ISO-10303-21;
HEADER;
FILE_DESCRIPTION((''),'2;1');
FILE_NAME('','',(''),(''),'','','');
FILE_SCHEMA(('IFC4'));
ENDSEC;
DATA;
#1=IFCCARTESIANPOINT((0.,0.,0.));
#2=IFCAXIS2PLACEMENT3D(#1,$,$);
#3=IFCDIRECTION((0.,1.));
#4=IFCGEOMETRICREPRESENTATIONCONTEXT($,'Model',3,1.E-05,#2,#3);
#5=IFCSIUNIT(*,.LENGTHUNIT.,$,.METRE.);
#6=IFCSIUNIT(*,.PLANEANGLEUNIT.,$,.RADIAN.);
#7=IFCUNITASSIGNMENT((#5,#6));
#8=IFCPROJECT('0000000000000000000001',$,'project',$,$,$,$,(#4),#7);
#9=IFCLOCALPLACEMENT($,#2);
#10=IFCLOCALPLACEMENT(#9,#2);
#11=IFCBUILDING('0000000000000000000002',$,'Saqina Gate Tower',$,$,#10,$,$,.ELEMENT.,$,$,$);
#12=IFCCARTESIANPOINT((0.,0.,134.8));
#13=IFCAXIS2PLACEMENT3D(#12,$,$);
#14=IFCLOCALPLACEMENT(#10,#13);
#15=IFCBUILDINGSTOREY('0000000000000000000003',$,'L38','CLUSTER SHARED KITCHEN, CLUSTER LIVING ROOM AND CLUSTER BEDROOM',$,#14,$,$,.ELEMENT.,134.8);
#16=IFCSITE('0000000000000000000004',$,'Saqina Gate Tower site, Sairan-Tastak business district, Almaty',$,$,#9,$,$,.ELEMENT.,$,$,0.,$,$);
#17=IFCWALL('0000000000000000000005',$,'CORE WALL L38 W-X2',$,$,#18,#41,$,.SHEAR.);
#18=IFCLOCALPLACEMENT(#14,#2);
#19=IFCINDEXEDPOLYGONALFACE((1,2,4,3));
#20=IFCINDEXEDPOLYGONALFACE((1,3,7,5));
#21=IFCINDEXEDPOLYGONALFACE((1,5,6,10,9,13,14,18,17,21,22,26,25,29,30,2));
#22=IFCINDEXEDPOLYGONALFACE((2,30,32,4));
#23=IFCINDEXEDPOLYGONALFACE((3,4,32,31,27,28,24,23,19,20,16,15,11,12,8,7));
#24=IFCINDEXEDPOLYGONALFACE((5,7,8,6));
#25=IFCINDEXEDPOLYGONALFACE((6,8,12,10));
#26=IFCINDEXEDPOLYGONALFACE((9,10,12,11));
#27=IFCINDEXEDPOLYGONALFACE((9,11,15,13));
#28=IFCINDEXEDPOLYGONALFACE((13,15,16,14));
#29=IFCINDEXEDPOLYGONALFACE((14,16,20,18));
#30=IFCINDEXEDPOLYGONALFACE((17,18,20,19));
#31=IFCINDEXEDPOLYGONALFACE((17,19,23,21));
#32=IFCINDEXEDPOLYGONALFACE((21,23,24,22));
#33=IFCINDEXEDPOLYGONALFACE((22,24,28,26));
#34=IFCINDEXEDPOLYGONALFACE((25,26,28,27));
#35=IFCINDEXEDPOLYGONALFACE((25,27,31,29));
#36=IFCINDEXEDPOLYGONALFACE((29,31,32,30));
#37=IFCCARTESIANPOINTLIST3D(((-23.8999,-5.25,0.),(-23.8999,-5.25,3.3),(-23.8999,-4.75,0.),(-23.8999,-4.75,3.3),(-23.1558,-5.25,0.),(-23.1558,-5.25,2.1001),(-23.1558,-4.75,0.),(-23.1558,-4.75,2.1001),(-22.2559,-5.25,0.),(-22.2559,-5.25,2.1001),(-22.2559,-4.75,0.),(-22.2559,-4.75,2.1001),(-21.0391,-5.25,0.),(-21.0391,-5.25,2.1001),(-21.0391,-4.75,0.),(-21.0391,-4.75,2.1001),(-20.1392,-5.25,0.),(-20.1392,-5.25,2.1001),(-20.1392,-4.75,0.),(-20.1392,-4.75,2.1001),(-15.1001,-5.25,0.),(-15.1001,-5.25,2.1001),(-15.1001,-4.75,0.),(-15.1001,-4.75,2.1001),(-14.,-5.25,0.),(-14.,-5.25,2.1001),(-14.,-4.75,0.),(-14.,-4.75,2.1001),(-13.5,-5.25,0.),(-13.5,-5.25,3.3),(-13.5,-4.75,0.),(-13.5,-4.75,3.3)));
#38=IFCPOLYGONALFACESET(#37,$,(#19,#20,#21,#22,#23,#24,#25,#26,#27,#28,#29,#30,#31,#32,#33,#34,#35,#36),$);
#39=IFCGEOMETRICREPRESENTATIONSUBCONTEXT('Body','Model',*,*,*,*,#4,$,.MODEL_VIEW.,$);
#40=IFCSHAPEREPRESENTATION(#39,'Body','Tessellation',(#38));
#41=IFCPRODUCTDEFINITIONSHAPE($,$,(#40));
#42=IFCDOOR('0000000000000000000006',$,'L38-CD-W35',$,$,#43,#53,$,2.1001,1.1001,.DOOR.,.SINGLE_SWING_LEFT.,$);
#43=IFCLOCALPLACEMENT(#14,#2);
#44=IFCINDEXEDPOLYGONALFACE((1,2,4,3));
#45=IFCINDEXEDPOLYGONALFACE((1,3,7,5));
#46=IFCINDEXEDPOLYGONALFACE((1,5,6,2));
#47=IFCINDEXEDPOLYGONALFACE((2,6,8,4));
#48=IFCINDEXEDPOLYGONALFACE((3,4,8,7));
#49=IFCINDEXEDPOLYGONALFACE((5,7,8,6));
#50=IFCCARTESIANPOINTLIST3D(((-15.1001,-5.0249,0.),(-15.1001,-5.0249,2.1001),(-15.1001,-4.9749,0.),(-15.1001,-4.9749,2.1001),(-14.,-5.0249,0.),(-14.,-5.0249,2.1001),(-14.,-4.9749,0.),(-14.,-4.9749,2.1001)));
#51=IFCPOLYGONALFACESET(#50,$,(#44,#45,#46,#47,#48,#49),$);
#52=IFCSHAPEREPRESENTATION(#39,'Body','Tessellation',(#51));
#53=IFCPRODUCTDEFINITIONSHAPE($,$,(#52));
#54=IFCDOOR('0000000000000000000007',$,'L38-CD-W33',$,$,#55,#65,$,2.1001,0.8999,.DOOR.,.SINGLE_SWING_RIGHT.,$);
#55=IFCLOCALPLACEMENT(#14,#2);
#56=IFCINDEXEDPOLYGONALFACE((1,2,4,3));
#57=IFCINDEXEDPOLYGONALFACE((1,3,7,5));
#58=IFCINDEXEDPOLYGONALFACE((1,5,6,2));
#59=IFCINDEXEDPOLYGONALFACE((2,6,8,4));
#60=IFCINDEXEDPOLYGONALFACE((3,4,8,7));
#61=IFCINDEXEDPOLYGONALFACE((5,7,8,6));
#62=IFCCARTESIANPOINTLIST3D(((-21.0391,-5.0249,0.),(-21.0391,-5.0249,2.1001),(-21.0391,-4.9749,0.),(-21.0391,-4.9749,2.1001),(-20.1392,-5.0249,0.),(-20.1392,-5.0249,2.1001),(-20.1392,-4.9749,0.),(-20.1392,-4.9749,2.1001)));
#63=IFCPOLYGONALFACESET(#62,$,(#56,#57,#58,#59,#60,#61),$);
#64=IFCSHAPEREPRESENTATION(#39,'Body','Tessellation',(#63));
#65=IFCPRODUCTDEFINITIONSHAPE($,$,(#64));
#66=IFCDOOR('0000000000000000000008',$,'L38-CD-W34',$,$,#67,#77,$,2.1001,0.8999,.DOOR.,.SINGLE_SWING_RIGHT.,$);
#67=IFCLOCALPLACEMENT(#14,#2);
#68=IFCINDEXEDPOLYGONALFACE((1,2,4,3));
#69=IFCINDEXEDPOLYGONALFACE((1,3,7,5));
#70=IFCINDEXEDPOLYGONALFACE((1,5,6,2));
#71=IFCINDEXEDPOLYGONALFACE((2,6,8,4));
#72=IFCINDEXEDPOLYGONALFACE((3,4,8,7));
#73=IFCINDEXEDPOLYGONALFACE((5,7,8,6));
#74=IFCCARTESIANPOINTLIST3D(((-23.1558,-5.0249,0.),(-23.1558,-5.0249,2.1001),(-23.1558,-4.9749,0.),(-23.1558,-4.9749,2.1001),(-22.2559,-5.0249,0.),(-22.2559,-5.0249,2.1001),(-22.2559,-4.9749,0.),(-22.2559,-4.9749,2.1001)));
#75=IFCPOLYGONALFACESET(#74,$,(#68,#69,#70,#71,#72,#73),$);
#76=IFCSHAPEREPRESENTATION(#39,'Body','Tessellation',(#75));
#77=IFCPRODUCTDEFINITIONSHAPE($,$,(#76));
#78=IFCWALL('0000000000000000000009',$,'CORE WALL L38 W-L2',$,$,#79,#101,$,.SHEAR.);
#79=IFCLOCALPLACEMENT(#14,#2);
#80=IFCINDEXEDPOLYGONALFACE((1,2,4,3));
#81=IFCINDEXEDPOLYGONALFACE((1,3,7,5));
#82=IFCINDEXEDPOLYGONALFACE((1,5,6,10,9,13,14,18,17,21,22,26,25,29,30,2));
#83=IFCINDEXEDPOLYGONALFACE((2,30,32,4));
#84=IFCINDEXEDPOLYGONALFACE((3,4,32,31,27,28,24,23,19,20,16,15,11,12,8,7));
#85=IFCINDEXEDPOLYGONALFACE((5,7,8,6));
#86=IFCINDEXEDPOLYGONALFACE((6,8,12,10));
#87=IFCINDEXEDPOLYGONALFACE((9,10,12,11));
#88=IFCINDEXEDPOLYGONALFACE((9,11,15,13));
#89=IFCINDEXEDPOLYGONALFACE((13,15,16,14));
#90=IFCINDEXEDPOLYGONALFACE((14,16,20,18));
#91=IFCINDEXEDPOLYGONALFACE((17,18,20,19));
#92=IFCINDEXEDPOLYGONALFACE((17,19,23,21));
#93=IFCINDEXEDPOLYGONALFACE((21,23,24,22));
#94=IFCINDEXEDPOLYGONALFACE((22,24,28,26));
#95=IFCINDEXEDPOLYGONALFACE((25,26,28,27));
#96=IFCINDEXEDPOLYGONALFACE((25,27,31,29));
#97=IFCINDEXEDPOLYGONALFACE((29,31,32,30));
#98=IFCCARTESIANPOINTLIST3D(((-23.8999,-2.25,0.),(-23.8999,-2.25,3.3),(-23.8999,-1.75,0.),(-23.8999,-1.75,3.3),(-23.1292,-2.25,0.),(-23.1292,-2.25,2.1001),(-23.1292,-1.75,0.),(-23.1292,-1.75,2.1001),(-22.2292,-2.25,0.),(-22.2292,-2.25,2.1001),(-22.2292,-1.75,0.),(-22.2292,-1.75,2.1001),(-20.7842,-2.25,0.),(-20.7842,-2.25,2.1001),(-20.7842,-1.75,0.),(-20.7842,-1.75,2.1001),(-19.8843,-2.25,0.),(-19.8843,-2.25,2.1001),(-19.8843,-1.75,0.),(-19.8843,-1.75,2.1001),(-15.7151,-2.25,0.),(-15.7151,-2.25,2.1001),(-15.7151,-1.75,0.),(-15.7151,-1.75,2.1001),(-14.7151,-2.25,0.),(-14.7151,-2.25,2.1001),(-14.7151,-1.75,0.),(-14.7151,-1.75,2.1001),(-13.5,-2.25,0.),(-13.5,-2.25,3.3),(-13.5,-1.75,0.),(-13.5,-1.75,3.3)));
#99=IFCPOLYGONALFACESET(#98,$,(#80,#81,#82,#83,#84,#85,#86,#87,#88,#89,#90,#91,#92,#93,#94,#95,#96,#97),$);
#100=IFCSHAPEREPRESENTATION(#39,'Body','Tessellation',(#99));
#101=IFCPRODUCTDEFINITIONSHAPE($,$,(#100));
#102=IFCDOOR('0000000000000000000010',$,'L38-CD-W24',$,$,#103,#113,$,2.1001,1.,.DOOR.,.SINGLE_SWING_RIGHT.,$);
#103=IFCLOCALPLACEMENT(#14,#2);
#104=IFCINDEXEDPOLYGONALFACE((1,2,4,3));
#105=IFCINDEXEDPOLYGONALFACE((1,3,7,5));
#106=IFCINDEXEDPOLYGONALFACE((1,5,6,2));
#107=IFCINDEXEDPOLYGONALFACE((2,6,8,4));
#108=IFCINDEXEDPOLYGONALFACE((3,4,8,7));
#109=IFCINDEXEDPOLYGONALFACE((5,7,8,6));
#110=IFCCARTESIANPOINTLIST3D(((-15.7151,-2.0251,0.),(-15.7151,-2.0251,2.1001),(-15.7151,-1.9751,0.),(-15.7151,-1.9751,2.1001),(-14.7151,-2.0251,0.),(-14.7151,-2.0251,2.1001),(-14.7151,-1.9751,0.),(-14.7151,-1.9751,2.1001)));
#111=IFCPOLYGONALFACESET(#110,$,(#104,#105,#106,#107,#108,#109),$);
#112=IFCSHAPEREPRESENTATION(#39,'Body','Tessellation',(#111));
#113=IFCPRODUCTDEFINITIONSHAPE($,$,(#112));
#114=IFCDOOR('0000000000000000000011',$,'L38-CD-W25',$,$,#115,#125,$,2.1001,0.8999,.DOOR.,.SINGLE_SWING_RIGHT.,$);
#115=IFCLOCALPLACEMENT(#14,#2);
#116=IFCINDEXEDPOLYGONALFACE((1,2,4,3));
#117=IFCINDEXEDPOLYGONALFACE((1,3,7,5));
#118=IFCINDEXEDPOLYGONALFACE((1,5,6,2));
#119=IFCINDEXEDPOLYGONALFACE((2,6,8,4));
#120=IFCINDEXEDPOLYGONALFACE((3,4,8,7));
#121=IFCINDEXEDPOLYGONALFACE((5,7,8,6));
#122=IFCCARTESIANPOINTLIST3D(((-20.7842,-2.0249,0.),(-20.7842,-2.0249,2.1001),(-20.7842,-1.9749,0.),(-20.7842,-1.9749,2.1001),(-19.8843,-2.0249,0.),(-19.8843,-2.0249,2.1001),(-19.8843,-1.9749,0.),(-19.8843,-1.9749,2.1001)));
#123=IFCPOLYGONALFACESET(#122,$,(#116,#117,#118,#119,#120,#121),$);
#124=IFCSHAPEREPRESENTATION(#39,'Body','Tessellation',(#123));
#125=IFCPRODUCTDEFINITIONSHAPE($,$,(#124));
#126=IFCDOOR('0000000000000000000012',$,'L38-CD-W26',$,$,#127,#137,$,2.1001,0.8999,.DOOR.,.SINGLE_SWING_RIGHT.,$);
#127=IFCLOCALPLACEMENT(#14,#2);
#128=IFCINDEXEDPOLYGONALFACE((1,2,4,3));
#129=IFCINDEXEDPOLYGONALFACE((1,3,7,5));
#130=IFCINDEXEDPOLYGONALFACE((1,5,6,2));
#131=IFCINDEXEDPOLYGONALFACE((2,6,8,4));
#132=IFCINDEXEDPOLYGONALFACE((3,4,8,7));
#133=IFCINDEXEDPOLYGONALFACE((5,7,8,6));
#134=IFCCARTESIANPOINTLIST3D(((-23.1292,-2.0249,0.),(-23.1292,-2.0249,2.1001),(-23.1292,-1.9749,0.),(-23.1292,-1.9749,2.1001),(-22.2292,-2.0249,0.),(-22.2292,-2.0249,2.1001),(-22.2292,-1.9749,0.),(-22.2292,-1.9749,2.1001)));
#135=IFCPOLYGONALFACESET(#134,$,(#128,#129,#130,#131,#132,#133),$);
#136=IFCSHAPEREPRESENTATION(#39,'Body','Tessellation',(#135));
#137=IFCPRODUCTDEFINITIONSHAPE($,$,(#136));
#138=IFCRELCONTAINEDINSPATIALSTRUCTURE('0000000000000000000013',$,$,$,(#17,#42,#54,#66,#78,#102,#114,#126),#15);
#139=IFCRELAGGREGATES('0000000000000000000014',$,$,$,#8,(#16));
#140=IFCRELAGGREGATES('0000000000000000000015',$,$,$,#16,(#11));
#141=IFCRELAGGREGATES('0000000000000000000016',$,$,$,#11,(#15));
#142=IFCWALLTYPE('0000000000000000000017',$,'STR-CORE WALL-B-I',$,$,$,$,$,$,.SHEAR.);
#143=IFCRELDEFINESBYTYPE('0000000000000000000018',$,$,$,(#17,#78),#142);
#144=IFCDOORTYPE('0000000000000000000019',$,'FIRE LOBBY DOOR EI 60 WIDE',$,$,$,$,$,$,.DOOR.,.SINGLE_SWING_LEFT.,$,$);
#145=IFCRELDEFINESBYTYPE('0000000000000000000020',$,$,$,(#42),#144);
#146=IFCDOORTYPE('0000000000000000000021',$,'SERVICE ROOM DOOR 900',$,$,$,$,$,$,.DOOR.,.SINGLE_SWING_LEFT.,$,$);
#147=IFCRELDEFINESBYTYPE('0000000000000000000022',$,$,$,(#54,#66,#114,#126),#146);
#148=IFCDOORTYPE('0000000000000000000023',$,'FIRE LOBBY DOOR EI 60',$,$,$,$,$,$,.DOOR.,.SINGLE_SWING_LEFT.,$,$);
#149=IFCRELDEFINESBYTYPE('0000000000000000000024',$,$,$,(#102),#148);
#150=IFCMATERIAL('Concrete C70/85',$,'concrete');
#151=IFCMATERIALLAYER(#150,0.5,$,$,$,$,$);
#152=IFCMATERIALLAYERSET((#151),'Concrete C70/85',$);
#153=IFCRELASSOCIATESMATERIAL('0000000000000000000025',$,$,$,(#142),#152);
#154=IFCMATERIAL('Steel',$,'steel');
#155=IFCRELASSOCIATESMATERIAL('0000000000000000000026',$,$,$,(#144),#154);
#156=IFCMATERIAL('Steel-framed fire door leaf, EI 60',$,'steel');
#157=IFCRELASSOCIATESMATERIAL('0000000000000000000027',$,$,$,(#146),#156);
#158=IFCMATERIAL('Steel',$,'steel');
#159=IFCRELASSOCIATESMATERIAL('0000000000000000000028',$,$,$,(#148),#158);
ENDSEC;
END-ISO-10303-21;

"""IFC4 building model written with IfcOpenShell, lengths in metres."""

from ifc_helpers import new_model, si_unit, direction, frame, frame_2d, origin, place, context, subcontext, project, spatial, rectangle, extrude, material, layer, layer_set, type_object, element, fill, save


model = new_model("IFC4")

# Units and contexts
model_context = context("Model", 3, precision=1e-05, world=origin(), true_north=direction((0.0, 1.0)))
body_context = subcontext(model_context, "Body", "Model", "MODEL_VIEW")
ifc_project = project(units=[si_unit("LENGTHUNIT", "METRE"), si_unit("PLANEANGLEUNIT", "RADIAN")], contexts=[model_context])

# Site, building, storey
site_placement = place(None, origin())
site = spatial("IfcSite", under=ifc_project, at=site_placement, Name="Saqina Gate Tower site, Sairan-Tastak business district, Almaty", CompositionType="ELEMENT", RefElevation=0.0)
building_placement = place(site_placement, origin())
building = spatial("IfcBuilding", under=site, at=building_placement, Name="Saqina Gate Tower", CompositionType="ELEMENT")
storey_placement = place(building_placement, frame((0.0, 0.0, 134.8)))
storey = spatial("IfcBuildingStorey", under=building, at=storey_placement, Name="L38", Description="CLUSTER SHARED KITCHEN, CLUSTER LIVING ROOM AND CLUSTER BEDROOM", CompositionType="ELEMENT", Elevation=134.8)

# Walls, openings, doors
ifc_material_1 = material(Name="Concrete C70/85", Category="concrete")
ifc_layer_1 = layer(ifc_material_1, 0.5)
ifc_layer_set_1 = layer_set([ifc_layer_1], Name="Concrete C70/85")
wall_type_1 = type_object("IfcWallType", Name="STR-CORE WALL-B-I", PredefinedType="SHEAR", material=ifc_layer_set_1)
wall_1_placement = place(storey_placement, frame((-13.5, -5.0, 0.0), z_axis=(0.0, 0.0, 1.0), x_axis=(-1.0, 0.0, 0.0)))
wall_1 = element("IfcWall", 1, at=wall_1_placement, inside=storey, type_object=wall_type_1, Name="CORE WALL L38 W-X2", PredefinedType="SHEAR", context=body_context, shape_type="SweptSolid", body=[
    extrude(rectangle(XDim=10.3999, YDim=0.5, at=frame_2d((5.2, 0.0))), origin(), (0.0, 0.0, 1.0), 3.3),
])
opening_1_placement = place(wall_1_placement, frame((6.6392, 0.0, 0.0)))
opening_1 = element("IfcOpeningElement", 2, at=opening_1_placement, cuts=wall_1, PredefinedType="OPENING", context=body_context, shape_type="SweptSolid", body=[
    extrude(rectangle(XDim=0.8999, YDim=2.1001, at=frame_2d((0.45, 1.05))), frame((0.0, 0.262, 0.0), z_axis=(0.0, -1.0, 0.0), x_axis=(1.0, 0.0, 0.0)), (0.0, 0.0, 1.0), 0.5239),
])
opening_2_placement = place(wall_1_placement, frame((8.7559, 0.0, 0.0)))
opening_2 = element("IfcOpeningElement", 3, at=opening_2_placement, cuts=wall_1, PredefinedType="OPENING", context=body_context, shape_type="SweptSolid", body=[
    extrude(rectangle(XDim=0.8999, YDim=2.1001, at=frame_2d((0.45, 1.05))), frame((0.0, 0.262, 0.0), z_axis=(0.0, -1.0, 0.0), x_axis=(1.0, 0.0, 0.0)), (0.0, 0.0, 1.0), 0.5239),
])
opening_3_placement = place(wall_1_placement, frame((0.5, 0.0, 0.0)))
opening_3 = element("IfcOpeningElement", 4, at=opening_3_placement, cuts=wall_1, PredefinedType="OPENING", context=body_context, shape_type="SweptSolid", body=[
    extrude(rectangle(XDim=1.1001, YDim=2.1001, at=frame_2d((0.55, 1.05))), frame((0.0, 0.262, 0.0), z_axis=(0.0, -1.0, 0.0), x_axis=(1.0, 0.0, 0.0)), (0.0, 0.0, 1.0), 0.5239),
])
ifc_material_2 = material(Name="Steel", Category="steel")
door_type_1 = type_object("IfcDoorType", Name="FIRE LOBBY DOOR EI 60 WIDE", OperationType="SINGLE_SWING_LEFT", PredefinedType="DOOR", material=ifc_material_2)
door_1_placement = place(opening_3_placement, origin())
door_1 = element("IfcDoor", 5, at=door_1_placement, inside=storey, type_object=door_type_1, Name="L38-CD-W35", OperationType="SINGLE_SWING_LEFT", OverallHeight=2.1001, OverallWidth=1.1001, PredefinedType="DOOR", context=body_context, shape_type="SweptSolid", body=[
    extrude(rectangle(XDim=1.1001, YDim=2.1001, at=frame_2d((0.55, 1.05))), frame((0.0, 0.0249, 0.0), z_axis=(0.0, -1.0, 0.0), x_axis=(1.0, 0.0, 0.0)), (0.0, 0.0, 1.0), 0.05),
])
fill(opening_3, door_1)
ifc_material_3 = material(Name="Steel-framed fire door leaf, EI 60", Category="steel")
door_type_2 = type_object("IfcDoorType", Name="SERVICE ROOM DOOR 900", OperationType="SINGLE_SWING_LEFT", PredefinedType="DOOR", material=ifc_material_3)
door_2_placement = place(opening_1_placement, origin())
door_2 = element("IfcDoor", 6, at=door_2_placement, inside=storey, type_object=door_type_2, Name="L38-CD-W33", OperationType="SINGLE_SWING_RIGHT", OverallHeight=2.1001, OverallWidth=0.8999, PredefinedType="DOOR", context=body_context, shape_type="SweptSolid", body=[
    extrude(rectangle(XDim=0.8999, YDim=2.1001, at=frame_2d((0.45, 1.05))), frame((0.0, 0.0249, 0.0), z_axis=(0.0, -1.0, 0.0), x_axis=(1.0, 0.0, 0.0)), (0.0, 0.0, 1.0), 0.05),
])
fill(opening_1, door_2)
door_3_placement = place(opening_2_placement, origin())
door_3 = element("IfcDoor", 7, at=door_3_placement, inside=storey, type_object=door_type_2, Name="L38-CD-W34", OperationType="SINGLE_SWING_RIGHT", OverallHeight=2.1001, OverallWidth=0.8999, PredefinedType="DOOR", context=body_context, shape_type="SweptSolid", body=[
    extrude(rectangle(XDim=0.8999, YDim=2.1001, at=frame_2d((0.45, 1.05))), frame((0.0, 0.0249, 0.0), z_axis=(0.0, -1.0, 0.0), x_axis=(1.0, 0.0, 0.0)), (0.0, 0.0, 1.0), 0.05),
])
fill(opening_2, door_3)
wall_2_placement = place(storey_placement, frame((-13.5, -2.0, 0.0), z_axis=(0.0, 0.0, 1.0), x_axis=(-1.0, 0.0, 0.0)))
wall_2 = element("IfcWall", 8, at=wall_2_placement, inside=storey, type_object=wall_type_1, Name="CORE WALL L38 W-L2", PredefinedType="SHEAR", context=body_context, shape_type="SweptSolid", body=[
    extrude(rectangle(XDim=10.3999, YDim=0.5, at=frame_2d((5.2, 0.0))), origin(), (0.0, 0.0, 1.0), 3.3),
])
opening_4_placement = place(wall_2_placement, frame((1.2151, 0.0, 0.0)))
opening_4 = element("IfcOpeningElement", 9, at=opening_4_placement, cuts=wall_2, PredefinedType="OPENING", context=body_context, shape_type="SweptSolid", body=[
    extrude(rectangle(XDim=1.0, YDim=2.1001, at=frame_2d((0.5, 1.05))), frame((0.0, 0.262, 0.0), z_axis=(0.0, -1.0, 0.0), x_axis=(1.0, 0.0, 0.0)), (0.0, 0.0, 1.0), 0.5239),
])
opening_5_placement = place(wall_2_placement, frame((6.3843, 0.0, 0.0)))
opening_5 = element("IfcOpeningElement", 10, at=opening_5_placement, cuts=wall_2, PredefinedType="OPENING", context=body_context, shape_type="SweptSolid", body=[
    extrude(rectangle(XDim=0.8999, YDim=2.1001, at=frame_2d((0.45, 1.05))), frame((0.0, 0.262, 0.0), z_axis=(0.0, -1.0, 0.0), x_axis=(1.0, 0.0, 0.0)), (0.0, 0.0, 1.0), 0.5239),
])
opening_6_placement = place(wall_2_placement, frame((8.7292, 0.0, 0.0)))
opening_6 = element("IfcOpeningElement", 11, at=opening_6_placement, cuts=wall_2, PredefinedType="OPENING", context=body_context, shape_type="SweptSolid", body=[
    extrude(rectangle(XDim=0.8999, YDim=2.1001, at=frame_2d((0.45, 1.05))), frame((0.0, 0.262, 0.0), z_axis=(0.0, -1.0, 0.0), x_axis=(1.0, 0.0, 0.0)), (0.0, 0.0, 1.0), 0.5239),
])
ifc_material_4 = material(Name="Steel", Category="steel")
door_type_3 = type_object("IfcDoorType", Name="FIRE LOBBY DOOR EI 60", OperationType="SINGLE_SWING_LEFT", PredefinedType="DOOR", material=ifc_material_4)
door_4_placement = place(opening_4_placement, frame((1.0, 0.0, 0.0), z_axis=(0.0, 0.0, 1.0), x_axis=(-1.0, 0.0, 0.0)))
door_4 = element("IfcDoor", 12, at=door_4_placement, inside=storey, type_object=door_type_3, Name="L38-CD-W24", OperationType="SINGLE_SWING_RIGHT", OverallHeight=2.1001, OverallWidth=1.0, PredefinedType="DOOR", context=body_context, shape_type="SweptSolid", body=[
    extrude(rectangle(XDim=1.0, YDim=2.1001, at=frame_2d((0.5, 1.05))), frame((0.0, 0.0249, 0.0), z_axis=(0.0, -1.0, 0.0), x_axis=(1.0, 0.0, 0.0)), (0.0, 0.0, 1.0), 0.05),
])
fill(opening_4, door_4)
door_5_placement = place(opening_5_placement, origin())
door_5 = element("IfcDoor", 13, at=door_5_placement, inside=storey, type_object=door_type_2, Name="L38-CD-W25", OperationType="SINGLE_SWING_RIGHT", OverallHeight=2.1001, OverallWidth=0.8999, PredefinedType="DOOR", context=body_context, shape_type="SweptSolid", body=[
    extrude(rectangle(XDim=0.8999, YDim=2.1001, at=frame_2d((0.45, 1.05))), frame((0.0, 0.0249, 0.0), z_axis=(0.0, -1.0, 0.0), x_axis=(1.0, 0.0, 0.0)), (0.0, 0.0, 1.0), 0.05),
])
fill(opening_5, door_5)
door_6_placement = place(opening_6_placement, origin())
door_6 = element("IfcDoor", 14, at=door_6_placement, inside=storey, type_object=door_type_2, Name="L38-CD-W26", OperationType="SINGLE_SWING_RIGHT", OverallHeight=2.1001, OverallWidth=0.8999, PredefinedType="DOOR", context=body_context, shape_type="SweptSolid", body=[
    extrude(rectangle(XDim=0.8999, YDim=2.1001, at=frame_2d((0.45, 1.05))), frame((0.0, 0.0249, 0.0), z_axis=(0.0, -1.0, 0.0), x_axis=(1.0, 0.0, 0.0)), (0.0, 0.0, 1.0), 0.05),
])
fill(opening_6, door_6)

save(model, "model.ifc")
